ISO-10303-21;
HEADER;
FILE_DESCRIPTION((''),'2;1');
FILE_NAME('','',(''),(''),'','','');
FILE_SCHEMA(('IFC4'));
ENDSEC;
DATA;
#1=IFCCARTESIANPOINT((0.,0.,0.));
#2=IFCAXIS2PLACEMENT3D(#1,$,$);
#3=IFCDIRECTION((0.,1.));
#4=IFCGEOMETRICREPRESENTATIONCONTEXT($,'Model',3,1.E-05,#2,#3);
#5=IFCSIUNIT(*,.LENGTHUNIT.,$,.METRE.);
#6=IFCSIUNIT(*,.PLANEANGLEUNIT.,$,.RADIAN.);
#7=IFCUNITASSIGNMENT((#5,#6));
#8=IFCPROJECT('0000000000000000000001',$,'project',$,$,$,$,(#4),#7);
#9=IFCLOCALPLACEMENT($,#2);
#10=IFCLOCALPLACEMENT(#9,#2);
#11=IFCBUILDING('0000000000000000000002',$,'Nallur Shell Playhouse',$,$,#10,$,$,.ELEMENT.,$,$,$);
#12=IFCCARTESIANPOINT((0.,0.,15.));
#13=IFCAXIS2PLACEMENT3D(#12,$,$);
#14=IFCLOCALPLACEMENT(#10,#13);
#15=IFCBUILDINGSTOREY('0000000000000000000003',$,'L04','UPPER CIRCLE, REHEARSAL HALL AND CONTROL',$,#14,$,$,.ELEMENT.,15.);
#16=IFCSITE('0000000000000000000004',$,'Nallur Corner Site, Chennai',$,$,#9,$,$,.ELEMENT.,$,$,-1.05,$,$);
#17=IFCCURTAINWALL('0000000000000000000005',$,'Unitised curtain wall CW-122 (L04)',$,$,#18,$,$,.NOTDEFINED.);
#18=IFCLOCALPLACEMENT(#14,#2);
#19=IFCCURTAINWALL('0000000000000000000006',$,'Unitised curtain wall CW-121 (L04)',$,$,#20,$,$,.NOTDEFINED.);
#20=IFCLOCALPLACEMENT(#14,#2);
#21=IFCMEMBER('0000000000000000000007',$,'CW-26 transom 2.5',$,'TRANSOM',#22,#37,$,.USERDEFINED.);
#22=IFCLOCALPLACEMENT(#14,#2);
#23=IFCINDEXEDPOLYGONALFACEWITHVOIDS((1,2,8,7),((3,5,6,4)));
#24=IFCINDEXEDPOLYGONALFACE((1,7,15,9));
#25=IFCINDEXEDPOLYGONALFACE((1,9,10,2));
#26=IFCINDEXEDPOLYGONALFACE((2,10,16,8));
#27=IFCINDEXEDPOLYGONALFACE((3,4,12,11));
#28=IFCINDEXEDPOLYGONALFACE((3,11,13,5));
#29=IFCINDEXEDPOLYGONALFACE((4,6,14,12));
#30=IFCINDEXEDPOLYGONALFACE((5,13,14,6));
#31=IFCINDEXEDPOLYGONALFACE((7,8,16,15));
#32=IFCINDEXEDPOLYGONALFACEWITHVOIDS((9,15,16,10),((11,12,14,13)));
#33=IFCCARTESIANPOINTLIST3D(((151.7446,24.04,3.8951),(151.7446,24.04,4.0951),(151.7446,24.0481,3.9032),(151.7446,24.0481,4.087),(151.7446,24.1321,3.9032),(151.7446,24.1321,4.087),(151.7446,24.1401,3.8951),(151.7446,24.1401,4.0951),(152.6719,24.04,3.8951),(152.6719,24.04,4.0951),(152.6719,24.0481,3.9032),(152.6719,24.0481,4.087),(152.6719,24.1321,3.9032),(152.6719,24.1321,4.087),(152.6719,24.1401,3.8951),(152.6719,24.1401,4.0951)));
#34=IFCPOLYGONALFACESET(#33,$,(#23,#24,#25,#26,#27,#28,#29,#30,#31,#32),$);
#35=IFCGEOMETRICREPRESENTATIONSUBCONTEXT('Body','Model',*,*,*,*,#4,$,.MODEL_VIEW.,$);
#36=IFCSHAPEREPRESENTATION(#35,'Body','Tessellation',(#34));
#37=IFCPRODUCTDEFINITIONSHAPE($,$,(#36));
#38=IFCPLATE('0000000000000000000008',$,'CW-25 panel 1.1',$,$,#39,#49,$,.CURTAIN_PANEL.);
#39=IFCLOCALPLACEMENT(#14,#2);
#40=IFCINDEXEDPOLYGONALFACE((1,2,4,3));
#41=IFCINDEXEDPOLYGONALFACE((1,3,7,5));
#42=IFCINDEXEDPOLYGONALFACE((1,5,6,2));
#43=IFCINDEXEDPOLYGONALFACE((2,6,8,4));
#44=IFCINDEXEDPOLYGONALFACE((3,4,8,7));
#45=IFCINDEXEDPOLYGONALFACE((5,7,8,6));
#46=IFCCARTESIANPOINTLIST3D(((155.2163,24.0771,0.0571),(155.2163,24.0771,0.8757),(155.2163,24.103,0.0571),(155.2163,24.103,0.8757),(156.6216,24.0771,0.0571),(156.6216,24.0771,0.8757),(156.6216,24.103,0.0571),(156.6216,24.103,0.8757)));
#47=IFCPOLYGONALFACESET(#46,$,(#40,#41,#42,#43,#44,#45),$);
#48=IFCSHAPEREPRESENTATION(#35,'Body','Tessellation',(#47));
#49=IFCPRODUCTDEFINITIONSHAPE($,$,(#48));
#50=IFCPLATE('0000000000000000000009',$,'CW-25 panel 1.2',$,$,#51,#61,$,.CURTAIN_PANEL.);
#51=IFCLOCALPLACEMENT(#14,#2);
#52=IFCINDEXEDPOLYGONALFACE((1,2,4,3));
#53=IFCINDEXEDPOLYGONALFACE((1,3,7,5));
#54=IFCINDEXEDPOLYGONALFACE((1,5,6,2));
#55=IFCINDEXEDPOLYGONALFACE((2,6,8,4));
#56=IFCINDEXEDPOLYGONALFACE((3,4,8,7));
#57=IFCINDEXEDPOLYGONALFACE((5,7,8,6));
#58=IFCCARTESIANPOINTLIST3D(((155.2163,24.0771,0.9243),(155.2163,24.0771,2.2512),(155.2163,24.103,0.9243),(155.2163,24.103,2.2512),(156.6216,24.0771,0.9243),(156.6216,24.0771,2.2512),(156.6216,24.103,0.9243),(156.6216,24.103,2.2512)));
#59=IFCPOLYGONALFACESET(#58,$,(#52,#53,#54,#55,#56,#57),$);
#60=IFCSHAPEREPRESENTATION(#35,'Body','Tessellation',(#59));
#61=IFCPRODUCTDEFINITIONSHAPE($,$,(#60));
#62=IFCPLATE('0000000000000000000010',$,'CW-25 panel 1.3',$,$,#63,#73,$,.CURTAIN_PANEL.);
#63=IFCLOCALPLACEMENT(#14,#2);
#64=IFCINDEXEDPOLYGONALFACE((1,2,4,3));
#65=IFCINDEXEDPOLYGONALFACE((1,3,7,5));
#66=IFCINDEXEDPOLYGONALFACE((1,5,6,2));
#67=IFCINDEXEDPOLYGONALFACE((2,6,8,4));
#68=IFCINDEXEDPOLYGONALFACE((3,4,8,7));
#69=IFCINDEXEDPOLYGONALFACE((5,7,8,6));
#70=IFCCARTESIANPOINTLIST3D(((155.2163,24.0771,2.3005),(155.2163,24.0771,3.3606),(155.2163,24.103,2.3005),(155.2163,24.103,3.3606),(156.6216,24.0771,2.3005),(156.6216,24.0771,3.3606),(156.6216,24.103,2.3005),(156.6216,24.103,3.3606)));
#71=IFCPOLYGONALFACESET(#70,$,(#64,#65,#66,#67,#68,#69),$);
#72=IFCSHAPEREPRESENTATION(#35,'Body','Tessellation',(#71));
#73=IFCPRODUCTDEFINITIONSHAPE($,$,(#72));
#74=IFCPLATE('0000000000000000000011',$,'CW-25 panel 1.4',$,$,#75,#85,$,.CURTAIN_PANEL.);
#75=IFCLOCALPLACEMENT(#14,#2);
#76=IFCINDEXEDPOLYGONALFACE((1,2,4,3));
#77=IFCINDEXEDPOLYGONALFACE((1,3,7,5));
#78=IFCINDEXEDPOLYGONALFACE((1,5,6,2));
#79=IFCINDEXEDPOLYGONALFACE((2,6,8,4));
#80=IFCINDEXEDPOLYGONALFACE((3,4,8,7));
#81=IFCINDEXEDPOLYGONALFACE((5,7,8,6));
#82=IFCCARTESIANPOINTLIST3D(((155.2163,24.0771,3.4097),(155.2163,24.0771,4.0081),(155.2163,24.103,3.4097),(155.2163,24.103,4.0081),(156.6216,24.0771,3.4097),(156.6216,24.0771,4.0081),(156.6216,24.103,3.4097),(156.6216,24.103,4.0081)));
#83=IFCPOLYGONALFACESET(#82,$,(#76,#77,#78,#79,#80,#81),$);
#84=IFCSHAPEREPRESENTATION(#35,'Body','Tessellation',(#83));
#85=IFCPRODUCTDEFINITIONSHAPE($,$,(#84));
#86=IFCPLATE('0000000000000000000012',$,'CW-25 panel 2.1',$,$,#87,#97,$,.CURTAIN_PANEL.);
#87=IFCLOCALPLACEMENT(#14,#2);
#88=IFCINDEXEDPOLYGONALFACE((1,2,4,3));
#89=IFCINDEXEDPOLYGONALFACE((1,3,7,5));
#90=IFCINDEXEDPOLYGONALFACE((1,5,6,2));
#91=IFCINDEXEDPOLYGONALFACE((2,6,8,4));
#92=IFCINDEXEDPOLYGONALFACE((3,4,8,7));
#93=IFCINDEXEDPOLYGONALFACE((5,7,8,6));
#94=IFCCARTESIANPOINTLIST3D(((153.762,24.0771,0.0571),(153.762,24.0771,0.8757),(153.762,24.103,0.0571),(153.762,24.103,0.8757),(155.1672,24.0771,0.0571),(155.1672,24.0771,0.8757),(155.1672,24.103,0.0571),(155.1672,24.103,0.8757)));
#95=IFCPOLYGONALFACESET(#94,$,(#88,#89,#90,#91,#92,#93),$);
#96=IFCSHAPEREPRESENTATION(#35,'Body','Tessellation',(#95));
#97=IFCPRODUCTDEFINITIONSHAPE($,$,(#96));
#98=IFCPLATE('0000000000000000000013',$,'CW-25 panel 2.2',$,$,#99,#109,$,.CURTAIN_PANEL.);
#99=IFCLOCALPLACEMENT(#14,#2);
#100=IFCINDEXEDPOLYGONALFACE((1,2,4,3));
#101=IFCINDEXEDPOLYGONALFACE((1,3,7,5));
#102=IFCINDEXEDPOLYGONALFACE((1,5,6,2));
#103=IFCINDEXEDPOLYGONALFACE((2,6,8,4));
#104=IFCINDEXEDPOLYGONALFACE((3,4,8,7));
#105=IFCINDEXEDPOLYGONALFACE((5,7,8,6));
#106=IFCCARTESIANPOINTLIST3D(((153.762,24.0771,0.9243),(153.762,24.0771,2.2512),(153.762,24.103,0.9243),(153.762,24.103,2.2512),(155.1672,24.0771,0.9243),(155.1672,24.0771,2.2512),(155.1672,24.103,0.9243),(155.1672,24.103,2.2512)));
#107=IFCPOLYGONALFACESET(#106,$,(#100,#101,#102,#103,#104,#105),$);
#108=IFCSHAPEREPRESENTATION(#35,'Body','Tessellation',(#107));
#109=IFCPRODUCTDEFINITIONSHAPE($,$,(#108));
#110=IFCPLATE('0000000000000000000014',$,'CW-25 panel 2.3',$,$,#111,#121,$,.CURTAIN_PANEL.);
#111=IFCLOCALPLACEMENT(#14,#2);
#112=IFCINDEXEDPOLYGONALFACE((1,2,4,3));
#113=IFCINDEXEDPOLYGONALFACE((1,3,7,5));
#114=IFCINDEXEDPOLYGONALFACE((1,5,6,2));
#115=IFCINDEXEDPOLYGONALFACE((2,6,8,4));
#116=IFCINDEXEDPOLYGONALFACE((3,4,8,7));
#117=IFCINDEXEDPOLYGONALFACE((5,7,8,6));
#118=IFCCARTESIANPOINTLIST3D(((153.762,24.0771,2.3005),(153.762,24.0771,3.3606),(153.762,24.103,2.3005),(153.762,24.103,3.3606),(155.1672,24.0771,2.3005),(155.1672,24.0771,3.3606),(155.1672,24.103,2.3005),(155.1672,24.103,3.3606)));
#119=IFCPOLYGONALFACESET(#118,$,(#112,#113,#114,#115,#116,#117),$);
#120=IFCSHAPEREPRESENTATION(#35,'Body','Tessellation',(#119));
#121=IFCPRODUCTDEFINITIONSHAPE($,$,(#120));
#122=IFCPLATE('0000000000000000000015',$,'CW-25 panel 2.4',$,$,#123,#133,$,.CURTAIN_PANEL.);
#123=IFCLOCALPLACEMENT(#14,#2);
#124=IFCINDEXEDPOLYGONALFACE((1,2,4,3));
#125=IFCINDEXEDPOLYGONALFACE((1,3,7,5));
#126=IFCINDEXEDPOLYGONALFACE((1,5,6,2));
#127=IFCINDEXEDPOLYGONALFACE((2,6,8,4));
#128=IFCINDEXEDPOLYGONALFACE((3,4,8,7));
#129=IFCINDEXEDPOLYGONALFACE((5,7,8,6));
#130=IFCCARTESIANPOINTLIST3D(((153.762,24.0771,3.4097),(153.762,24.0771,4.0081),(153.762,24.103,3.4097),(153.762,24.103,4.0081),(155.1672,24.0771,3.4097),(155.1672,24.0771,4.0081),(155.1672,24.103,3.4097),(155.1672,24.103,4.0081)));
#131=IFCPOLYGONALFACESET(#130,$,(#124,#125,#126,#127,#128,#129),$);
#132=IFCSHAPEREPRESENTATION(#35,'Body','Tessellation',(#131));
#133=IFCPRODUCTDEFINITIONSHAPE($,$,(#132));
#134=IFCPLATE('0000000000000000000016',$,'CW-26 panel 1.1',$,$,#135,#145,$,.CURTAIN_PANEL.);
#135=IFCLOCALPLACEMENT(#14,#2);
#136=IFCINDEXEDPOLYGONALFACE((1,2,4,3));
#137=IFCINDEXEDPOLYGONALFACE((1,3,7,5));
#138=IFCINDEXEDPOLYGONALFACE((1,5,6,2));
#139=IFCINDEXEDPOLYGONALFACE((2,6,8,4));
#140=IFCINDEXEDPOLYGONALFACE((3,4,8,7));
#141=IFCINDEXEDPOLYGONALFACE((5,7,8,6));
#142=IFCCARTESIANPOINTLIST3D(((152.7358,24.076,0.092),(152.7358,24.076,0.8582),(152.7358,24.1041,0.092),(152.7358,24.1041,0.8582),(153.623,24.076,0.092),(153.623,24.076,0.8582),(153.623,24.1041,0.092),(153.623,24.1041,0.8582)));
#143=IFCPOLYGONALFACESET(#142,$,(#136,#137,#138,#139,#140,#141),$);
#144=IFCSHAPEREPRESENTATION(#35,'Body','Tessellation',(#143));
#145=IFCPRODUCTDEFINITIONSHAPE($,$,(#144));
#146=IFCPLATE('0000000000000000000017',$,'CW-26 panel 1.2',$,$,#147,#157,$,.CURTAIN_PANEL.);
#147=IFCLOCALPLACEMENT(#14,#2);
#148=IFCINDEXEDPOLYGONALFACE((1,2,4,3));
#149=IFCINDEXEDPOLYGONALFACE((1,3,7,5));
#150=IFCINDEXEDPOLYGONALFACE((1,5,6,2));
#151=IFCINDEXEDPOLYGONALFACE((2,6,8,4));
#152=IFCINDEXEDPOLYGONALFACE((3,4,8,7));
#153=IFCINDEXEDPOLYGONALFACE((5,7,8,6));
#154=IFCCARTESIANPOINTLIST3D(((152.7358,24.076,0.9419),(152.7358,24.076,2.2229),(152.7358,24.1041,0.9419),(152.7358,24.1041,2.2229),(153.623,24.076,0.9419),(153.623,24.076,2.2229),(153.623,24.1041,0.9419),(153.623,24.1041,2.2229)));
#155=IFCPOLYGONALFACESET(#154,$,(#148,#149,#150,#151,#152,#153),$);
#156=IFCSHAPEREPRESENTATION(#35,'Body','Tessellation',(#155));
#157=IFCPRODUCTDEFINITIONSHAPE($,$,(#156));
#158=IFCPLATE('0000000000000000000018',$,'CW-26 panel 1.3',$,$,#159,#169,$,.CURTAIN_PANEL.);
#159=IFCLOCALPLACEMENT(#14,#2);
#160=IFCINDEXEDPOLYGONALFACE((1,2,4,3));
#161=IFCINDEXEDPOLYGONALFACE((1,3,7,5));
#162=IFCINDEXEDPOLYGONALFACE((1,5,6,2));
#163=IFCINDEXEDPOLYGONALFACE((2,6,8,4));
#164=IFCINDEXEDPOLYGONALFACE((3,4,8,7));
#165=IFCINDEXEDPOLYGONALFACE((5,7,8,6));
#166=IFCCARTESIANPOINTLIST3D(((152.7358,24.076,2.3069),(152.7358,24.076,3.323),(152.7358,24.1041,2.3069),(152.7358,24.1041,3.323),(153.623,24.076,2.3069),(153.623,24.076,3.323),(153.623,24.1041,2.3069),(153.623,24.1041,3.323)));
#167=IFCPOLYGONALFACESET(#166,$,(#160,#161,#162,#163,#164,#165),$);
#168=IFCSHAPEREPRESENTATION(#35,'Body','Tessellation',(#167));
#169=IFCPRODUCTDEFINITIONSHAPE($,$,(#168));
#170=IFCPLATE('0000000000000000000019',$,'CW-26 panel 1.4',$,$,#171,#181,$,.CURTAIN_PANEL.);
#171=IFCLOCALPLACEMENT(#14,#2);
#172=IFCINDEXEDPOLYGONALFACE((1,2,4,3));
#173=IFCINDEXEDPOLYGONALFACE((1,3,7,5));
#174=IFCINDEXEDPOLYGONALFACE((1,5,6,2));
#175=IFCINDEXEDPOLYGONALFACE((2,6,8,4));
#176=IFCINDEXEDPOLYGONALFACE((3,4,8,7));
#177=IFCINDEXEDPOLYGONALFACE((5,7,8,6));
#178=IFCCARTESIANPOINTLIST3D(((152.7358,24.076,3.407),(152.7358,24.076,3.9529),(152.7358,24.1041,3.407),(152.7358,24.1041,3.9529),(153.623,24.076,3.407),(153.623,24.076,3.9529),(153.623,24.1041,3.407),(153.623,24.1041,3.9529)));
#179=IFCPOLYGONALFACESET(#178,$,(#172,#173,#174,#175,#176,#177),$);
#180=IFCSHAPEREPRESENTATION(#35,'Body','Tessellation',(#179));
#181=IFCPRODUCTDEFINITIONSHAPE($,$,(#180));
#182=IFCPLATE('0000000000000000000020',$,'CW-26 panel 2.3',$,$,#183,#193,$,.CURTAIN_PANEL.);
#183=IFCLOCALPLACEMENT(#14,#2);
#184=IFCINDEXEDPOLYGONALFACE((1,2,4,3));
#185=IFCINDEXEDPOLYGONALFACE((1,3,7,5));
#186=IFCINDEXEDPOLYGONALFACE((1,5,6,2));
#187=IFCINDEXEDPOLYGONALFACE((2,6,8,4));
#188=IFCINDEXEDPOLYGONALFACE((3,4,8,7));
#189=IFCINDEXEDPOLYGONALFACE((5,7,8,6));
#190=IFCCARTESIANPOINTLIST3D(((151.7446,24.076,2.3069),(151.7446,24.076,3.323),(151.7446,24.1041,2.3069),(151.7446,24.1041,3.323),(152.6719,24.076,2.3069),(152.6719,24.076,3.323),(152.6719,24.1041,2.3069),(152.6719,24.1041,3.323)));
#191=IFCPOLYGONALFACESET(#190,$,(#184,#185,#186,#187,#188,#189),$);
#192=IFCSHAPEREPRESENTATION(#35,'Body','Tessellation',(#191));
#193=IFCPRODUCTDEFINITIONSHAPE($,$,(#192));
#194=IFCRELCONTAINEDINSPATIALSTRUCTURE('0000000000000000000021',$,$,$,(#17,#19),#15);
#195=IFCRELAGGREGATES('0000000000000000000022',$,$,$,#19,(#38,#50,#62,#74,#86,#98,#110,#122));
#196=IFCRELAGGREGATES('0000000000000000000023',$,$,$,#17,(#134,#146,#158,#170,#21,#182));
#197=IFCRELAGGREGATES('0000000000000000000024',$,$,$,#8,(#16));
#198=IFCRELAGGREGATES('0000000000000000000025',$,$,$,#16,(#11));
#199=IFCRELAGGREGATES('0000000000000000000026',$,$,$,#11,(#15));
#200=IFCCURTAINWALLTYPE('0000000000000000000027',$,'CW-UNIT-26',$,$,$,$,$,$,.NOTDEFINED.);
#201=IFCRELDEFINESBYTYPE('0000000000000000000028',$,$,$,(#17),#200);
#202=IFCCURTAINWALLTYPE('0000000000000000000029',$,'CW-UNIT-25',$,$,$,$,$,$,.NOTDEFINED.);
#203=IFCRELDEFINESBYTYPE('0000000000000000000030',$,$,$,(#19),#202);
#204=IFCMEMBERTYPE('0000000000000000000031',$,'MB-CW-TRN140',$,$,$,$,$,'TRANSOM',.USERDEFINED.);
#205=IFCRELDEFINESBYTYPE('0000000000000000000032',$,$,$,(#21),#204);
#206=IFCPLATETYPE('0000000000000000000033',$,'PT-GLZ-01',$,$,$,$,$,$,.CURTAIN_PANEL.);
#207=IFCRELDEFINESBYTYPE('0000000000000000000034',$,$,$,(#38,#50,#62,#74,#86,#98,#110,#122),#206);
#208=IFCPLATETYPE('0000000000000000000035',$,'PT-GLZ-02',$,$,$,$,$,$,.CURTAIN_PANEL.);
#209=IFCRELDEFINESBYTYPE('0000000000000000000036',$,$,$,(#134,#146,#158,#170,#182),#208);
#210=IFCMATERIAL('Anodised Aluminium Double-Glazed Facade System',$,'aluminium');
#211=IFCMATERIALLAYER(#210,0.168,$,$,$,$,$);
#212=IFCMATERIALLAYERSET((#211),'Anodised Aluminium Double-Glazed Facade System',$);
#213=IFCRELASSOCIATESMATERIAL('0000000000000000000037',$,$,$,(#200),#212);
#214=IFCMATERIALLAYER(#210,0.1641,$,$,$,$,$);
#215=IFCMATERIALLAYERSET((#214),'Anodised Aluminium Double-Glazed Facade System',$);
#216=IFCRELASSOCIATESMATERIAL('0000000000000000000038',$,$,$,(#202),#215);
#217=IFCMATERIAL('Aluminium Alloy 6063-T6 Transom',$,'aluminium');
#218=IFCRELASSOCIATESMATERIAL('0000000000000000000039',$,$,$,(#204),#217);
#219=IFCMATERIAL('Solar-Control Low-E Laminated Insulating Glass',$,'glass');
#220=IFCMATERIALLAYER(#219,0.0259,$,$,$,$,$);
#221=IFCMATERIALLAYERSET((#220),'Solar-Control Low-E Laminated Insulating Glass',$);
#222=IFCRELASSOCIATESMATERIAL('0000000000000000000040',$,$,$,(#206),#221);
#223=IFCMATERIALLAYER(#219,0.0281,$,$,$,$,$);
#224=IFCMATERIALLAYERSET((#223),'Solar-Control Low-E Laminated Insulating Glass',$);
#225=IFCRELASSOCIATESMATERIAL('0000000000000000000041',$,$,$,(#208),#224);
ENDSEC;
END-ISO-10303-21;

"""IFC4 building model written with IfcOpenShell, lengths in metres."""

from ifc_helpers import new_model, si_unit, direction, frame, origin, origin_2d, place, context, subcontext, project, spatial, rectangle, hollow_rectangle, extrude, material, layer, layer_set, material_profile, profile_set, type_object, element, aggregate, save


model = new_model("IFC4")

# Units and contexts
model_context = context("Model", 3, precision=1e-05, world=origin(), true_north=direction((0.0, 1.0)))
body_context = subcontext(model_context, "Body", "Model", "MODEL_VIEW")
ifc_project = project(units=[si_unit("LENGTHUNIT", "METRE"), si_unit("PLANEANGLEUNIT", "RADIAN")], contexts=[model_context])

# Site, building, storey
site_placement = place(None, origin())
site = spatial("IfcSite", under=ifc_project, at=site_placement, Name="Nallur Corner Site, Chennai", CompositionType="ELEMENT", RefElevation=-1.05)
building_placement = place(site_placement, origin())
building = spatial("IfcBuilding", under=site, at=building_placement, Name="Nallur Shell Playhouse", CompositionType="ELEMENT")
storey_placement = place(building_placement, frame((0.0, 0.0, 15.0)))
storey = spatial("IfcBuildingStorey", under=building, at=storey_placement, Name="L04", Description="UPPER CIRCLE, REHEARSAL HALL AND CONTROL", CompositionType="ELEMENT", Elevation=15.0)

# Curtain walls
ifc_material_1 = material(Name="Anodised Aluminium Double-Glazed Facade System", Category="aluminium")
ifc_layer_1 = layer(ifc_material_1, 0.168)
ifc_layer_set_1 = layer_set([ifc_layer_1], Name="Anodised Aluminium Double-Glazed Facade System")
curtain_wall_type_1 = type_object("IfcCurtainWallType", Name="CW-UNIT-26", PredefinedType="NOTDEFINED", material=ifc_layer_set_1)
curtain_wall_1_placement = place(storey_placement, origin())
curtain_wall_1 = element("IfcCurtainWall", 1, at=curtain_wall_1_placement, inside=storey, type_object=curtain_wall_type_1, Name="Unitised curtain wall CW-122 (L04)", PredefinedType="NOTDEFINED")
ifc_layer_2 = layer(ifc_material_1, 0.1641)
ifc_layer_set_2 = layer_set([ifc_layer_2], Name="Anodised Aluminium Double-Glazed Facade System")
curtain_wall_type_2 = type_object("IfcCurtainWallType", Name="CW-UNIT-25", PredefinedType="NOTDEFINED", material=ifc_layer_set_2)
curtain_wall_2_placement = place(storey_placement, origin())
curtain_wall_2 = element("IfcCurtainWall", 2, at=curtain_wall_2_placement, inside=storey, type_object=curtain_wall_type_2, Name="Unitised curtain wall CW-121 (L04)", PredefinedType="NOTDEFINED")
ifc_material_2 = material(Name="Aluminium Alloy 6063-T6 Transom", Category="aluminium")

# Member
ifc_material_profile_1 = material_profile(ifc_material_2, hollow_rectangle(XDim=0.1001, YDim=0.2, WallThickness=0.0081, at=origin_2d()), Name="RHS 200x100x8")
ifc_profile_set_1 = profile_set([ifc_material_profile_1], Name="Aluminium Alloy 6063-T6 Transom")
member_type_1 = type_object("IfcMemberType", Name="MB-CW-TRN140", ElementType="TRANSOM", PredefinedType="USERDEFINED", material=ifc_profile_set_1)
member_1_placement = place(storey_placement, frame((152.6719, 24.0901, 3.9951), z_axis=(-1.0, 0.0, 0.0), x_axis=(0.0, -1.0, 0.0)))
member_1 = element("IfcMember", 3, at=member_1_placement, type_object=member_type_1, Name="CW-26 transom 2.5", ObjectType="TRANSOM", PredefinedType="USERDEFINED", context=body_context, shape_type="SweptSolid", body=[
    extrude(hollow_rectangle(XDim=0.1001, YDim=0.2, WallThickness=0.0081, at=origin_2d()), origin(), (0.0, 0.0, 1.0), 0.9272),
])

# Plates
ifc_material_3 = material(Name="Solar-Control Low-E Laminated Insulating Glass", Category="glass")
ifc_layer_3 = layer(ifc_material_3, 0.0259)
ifc_layer_set_3 = layer_set([ifc_layer_3], Name="Solar-Control Low-E Laminated Insulating Glass")
plate_type_1 = type_object("IfcPlateType", Name="PT-GLZ-01", PredefinedType="CURTAIN_PANEL", material=ifc_layer_set_3)
plate_1_placement = place(storey_placement, frame((155.9189, 24.0901, 0.0571), z_axis=(0.0, 0.0, 1.0), x_axis=(-1.0, 0.0, 0.0)))
plate_1 = element("IfcPlate", 4, at=plate_1_placement, type_object=plate_type_1, Name="CW-25 panel 1.1", PredefinedType="CURTAIN_PANEL", context=body_context, shape_type="SweptSolid", body=[
    extrude(rectangle(XDim=1.4053, YDim=0.0259, at=origin_2d()), origin(), (0.0, 0.0, 1.0), 0.8186),
])
plate_2_placement = place(storey_placement, frame((155.9189, 24.0901, 0.9243), z_axis=(0.0, 0.0, 1.0), x_axis=(-1.0, 0.0, 0.0)))
plate_2 = element("IfcPlate", 5, at=plate_2_placement, type_object=plate_type_1, Name="CW-25 panel 1.2", PredefinedType="CURTAIN_PANEL", context=body_context, shape_type="SweptSolid", body=[
    extrude(rectangle(XDim=1.4053, YDim=0.0259, at=origin_2d()), origin(), (0.0, 0.0, 1.0), 1.3269),
])
plate_3_placement = place(storey_placement, frame((155.9189, 24.0901, 2.3005), z_axis=(0.0, 0.0, 1.0), x_axis=(-1.0, 0.0, 0.0)))
plate_3 = element("IfcPlate", 6, at=plate_3_placement, type_object=plate_type_1, Name="CW-25 panel 1.3", PredefinedType="CURTAIN_PANEL", context=body_context, shape_type="SweptSolid", body=[
    extrude(rectangle(XDim=1.4053, YDim=0.0259, at=origin_2d()), origin(), (0.0, 0.0, 1.0), 1.0601),
])
plate_4_placement = place(storey_placement, frame((155.9189, 24.0901, 3.4097), z_axis=(0.0, 0.0, 1.0), x_axis=(-1.0, 0.0, 0.0)))
plate_4 = element("IfcPlate", 7, at=plate_4_placement, type_object=plate_type_1, Name="CW-25 panel 1.4", PredefinedType="CURTAIN_PANEL", context=body_context, shape_type="SweptSolid", body=[
    extrude(rectangle(XDim=1.4053, YDim=0.0259, at=origin_2d()), origin(), (0.0, 0.0, 1.0), 0.5984),
])
plate_5_placement = place(storey_placement, frame((154.4646, 24.0901, 0.0571), z_axis=(0.0, 0.0, 1.0), x_axis=(-1.0, 0.0, 0.0)))
plate_5 = element("IfcPlate", 8, at=plate_5_placement, type_object=plate_type_1, Name="CW-25 panel 2.1", PredefinedType="CURTAIN_PANEL", context=body_context, shape_type="SweptSolid", body=[
    extrude(rectangle(XDim=1.4053, YDim=0.0259, at=origin_2d()), origin(), (0.0, 0.0, 1.0), 0.8186),
])
plate_6_placement = place(storey_placement, frame((154.4646, 24.0901, 0.9243), z_axis=(0.0, 0.0, 1.0), x_axis=(-1.0, 0.0, 0.0)))
plate_6 = element("IfcPlate", 9, at=plate_6_placement, type_object=plate_type_1, Name="CW-25 panel 2.2", PredefinedType="CURTAIN_PANEL", context=body_context, shape_type="SweptSolid", body=[
    extrude(rectangle(XDim=1.4053, YDim=0.0259, at=origin_2d()), origin(), (0.0, 0.0, 1.0), 1.3269),
])
plate_7_placement = place(storey_placement, frame((154.4646, 24.0901, 2.3005), z_axis=(0.0, 0.0, 1.0), x_axis=(-1.0, 0.0, 0.0)))
plate_7 = element("IfcPlate", 10, at=plate_7_placement, type_object=plate_type_1, Name="CW-25 panel 2.3", PredefinedType="CURTAIN_PANEL", context=body_context, shape_type="SweptSolid", body=[
    extrude(rectangle(XDim=1.4053, YDim=0.0259, at=origin_2d()), origin(), (0.0, 0.0, 1.0), 1.0601),
])
plate_8_placement = place(storey_placement, frame((154.4646, 24.0901, 3.4097), z_axis=(0.0, 0.0, 1.0), x_axis=(-1.0, 0.0, 0.0)))
plate_8 = element("IfcPlate", 11, at=plate_8_placement, type_object=plate_type_1, Name="CW-25 panel 2.4", PredefinedType="CURTAIN_PANEL", context=body_context, shape_type="SweptSolid", body=[
    extrude(rectangle(XDim=1.4053, YDim=0.0259, at=origin_2d()), origin(), (0.0, 0.0, 1.0), 0.5984),
])
aggregate(curtain_wall_2, [plate_1, plate_2, plate_3, plate_4, plate_5, plate_6, plate_7, plate_8])
ifc_layer_4 = layer(ifc_material_3, 0.0281)
ifc_layer_set_4 = layer_set([ifc_layer_4], Name="Solar-Control Low-E Laminated Insulating Glass")
plate_type_2 = type_object("IfcPlateType", Name="PT-GLZ-02", PredefinedType="CURTAIN_PANEL", material=ifc_layer_set_4)
plate_9_placement = place(storey_placement, frame((153.1794, 24.0901, 0.092), z_axis=(0.0, 0.0, 1.0), x_axis=(-1.0, 0.0, 0.0)))
plate_9 = element("IfcPlate", 12, at=plate_9_placement, type_object=plate_type_2, Name="CW-26 panel 1.1", PredefinedType="CURTAIN_PANEL", context=body_context, shape_type="SweptSolid", body=[
    extrude(rectangle(XDim=0.8872, YDim=0.0281, at=origin_2d()), origin(), (0.0, 0.0, 1.0), 0.7661),
])
plate_10_placement = place(storey_placement, frame((153.1794, 24.0901, 0.9419), z_axis=(0.0, 0.0, 1.0), x_axis=(-1.0, 0.0, 0.0)))
plate_10 = element("IfcPlate", 13, at=plate_10_placement, type_object=plate_type_2, Name="CW-26 panel 1.2", PredefinedType="CURTAIN_PANEL", context=body_context, shape_type="SweptSolid", body=[
    extrude(rectangle(XDim=0.8872, YDim=0.0281, at=origin_2d()), origin(), (0.0, 0.0, 1.0), 1.281),
])
plate_11_placement = place(storey_placement, frame((153.1794, 24.0901, 2.3069), z_axis=(0.0, 0.0, 1.0), x_axis=(-1.0, 0.0, 0.0)))
plate_11 = element("IfcPlate", 14, at=plate_11_placement, type_object=plate_type_2, Name="CW-26 panel 1.3", PredefinedType="CURTAIN_PANEL", context=body_context, shape_type="SweptSolid", body=[
    extrude(rectangle(XDim=0.8872, YDim=0.0281, at=origin_2d()), origin(), (0.0, 0.0, 1.0), 1.0161),
])
plate_12_placement = place(storey_placement, frame((153.1794, 24.0901, 3.407), z_axis=(0.0, 0.0, 1.0), x_axis=(-1.0, 0.0, 0.0)))
plate_12 = element("IfcPlate", 15, at=plate_12_placement, type_object=plate_type_2, Name="CW-26 panel 1.4", PredefinedType="CURTAIN_PANEL", context=body_context, shape_type="SweptSolid", body=[
    extrude(rectangle(XDim=0.8872, YDim=0.0281, at=origin_2d()), origin(), (0.0, 0.0, 1.0), 0.5459),
])
plate_13_placement = place(storey_placement, frame((152.2083, 24.0901, 2.3069), z_axis=(0.0, 0.0, 1.0), x_axis=(-1.0, 0.0, 0.0)))
plate_13 = element("IfcPlate", 16, at=plate_13_placement, type_object=plate_type_2, Name="CW-26 panel 2.3", PredefinedType="CURTAIN_PANEL", context=body_context, shape_type="SweptSolid", body=[
    extrude(rectangle(XDim=0.9272, YDim=0.0281, at=origin_2d()), origin(), (0.0, 0.0, 1.0), 1.0161),
])
aggregate(curtain_wall_1, [plate_9, plate_10, plate_11, plate_12, member_1, plate_13])

save(model, "model.ifc")
